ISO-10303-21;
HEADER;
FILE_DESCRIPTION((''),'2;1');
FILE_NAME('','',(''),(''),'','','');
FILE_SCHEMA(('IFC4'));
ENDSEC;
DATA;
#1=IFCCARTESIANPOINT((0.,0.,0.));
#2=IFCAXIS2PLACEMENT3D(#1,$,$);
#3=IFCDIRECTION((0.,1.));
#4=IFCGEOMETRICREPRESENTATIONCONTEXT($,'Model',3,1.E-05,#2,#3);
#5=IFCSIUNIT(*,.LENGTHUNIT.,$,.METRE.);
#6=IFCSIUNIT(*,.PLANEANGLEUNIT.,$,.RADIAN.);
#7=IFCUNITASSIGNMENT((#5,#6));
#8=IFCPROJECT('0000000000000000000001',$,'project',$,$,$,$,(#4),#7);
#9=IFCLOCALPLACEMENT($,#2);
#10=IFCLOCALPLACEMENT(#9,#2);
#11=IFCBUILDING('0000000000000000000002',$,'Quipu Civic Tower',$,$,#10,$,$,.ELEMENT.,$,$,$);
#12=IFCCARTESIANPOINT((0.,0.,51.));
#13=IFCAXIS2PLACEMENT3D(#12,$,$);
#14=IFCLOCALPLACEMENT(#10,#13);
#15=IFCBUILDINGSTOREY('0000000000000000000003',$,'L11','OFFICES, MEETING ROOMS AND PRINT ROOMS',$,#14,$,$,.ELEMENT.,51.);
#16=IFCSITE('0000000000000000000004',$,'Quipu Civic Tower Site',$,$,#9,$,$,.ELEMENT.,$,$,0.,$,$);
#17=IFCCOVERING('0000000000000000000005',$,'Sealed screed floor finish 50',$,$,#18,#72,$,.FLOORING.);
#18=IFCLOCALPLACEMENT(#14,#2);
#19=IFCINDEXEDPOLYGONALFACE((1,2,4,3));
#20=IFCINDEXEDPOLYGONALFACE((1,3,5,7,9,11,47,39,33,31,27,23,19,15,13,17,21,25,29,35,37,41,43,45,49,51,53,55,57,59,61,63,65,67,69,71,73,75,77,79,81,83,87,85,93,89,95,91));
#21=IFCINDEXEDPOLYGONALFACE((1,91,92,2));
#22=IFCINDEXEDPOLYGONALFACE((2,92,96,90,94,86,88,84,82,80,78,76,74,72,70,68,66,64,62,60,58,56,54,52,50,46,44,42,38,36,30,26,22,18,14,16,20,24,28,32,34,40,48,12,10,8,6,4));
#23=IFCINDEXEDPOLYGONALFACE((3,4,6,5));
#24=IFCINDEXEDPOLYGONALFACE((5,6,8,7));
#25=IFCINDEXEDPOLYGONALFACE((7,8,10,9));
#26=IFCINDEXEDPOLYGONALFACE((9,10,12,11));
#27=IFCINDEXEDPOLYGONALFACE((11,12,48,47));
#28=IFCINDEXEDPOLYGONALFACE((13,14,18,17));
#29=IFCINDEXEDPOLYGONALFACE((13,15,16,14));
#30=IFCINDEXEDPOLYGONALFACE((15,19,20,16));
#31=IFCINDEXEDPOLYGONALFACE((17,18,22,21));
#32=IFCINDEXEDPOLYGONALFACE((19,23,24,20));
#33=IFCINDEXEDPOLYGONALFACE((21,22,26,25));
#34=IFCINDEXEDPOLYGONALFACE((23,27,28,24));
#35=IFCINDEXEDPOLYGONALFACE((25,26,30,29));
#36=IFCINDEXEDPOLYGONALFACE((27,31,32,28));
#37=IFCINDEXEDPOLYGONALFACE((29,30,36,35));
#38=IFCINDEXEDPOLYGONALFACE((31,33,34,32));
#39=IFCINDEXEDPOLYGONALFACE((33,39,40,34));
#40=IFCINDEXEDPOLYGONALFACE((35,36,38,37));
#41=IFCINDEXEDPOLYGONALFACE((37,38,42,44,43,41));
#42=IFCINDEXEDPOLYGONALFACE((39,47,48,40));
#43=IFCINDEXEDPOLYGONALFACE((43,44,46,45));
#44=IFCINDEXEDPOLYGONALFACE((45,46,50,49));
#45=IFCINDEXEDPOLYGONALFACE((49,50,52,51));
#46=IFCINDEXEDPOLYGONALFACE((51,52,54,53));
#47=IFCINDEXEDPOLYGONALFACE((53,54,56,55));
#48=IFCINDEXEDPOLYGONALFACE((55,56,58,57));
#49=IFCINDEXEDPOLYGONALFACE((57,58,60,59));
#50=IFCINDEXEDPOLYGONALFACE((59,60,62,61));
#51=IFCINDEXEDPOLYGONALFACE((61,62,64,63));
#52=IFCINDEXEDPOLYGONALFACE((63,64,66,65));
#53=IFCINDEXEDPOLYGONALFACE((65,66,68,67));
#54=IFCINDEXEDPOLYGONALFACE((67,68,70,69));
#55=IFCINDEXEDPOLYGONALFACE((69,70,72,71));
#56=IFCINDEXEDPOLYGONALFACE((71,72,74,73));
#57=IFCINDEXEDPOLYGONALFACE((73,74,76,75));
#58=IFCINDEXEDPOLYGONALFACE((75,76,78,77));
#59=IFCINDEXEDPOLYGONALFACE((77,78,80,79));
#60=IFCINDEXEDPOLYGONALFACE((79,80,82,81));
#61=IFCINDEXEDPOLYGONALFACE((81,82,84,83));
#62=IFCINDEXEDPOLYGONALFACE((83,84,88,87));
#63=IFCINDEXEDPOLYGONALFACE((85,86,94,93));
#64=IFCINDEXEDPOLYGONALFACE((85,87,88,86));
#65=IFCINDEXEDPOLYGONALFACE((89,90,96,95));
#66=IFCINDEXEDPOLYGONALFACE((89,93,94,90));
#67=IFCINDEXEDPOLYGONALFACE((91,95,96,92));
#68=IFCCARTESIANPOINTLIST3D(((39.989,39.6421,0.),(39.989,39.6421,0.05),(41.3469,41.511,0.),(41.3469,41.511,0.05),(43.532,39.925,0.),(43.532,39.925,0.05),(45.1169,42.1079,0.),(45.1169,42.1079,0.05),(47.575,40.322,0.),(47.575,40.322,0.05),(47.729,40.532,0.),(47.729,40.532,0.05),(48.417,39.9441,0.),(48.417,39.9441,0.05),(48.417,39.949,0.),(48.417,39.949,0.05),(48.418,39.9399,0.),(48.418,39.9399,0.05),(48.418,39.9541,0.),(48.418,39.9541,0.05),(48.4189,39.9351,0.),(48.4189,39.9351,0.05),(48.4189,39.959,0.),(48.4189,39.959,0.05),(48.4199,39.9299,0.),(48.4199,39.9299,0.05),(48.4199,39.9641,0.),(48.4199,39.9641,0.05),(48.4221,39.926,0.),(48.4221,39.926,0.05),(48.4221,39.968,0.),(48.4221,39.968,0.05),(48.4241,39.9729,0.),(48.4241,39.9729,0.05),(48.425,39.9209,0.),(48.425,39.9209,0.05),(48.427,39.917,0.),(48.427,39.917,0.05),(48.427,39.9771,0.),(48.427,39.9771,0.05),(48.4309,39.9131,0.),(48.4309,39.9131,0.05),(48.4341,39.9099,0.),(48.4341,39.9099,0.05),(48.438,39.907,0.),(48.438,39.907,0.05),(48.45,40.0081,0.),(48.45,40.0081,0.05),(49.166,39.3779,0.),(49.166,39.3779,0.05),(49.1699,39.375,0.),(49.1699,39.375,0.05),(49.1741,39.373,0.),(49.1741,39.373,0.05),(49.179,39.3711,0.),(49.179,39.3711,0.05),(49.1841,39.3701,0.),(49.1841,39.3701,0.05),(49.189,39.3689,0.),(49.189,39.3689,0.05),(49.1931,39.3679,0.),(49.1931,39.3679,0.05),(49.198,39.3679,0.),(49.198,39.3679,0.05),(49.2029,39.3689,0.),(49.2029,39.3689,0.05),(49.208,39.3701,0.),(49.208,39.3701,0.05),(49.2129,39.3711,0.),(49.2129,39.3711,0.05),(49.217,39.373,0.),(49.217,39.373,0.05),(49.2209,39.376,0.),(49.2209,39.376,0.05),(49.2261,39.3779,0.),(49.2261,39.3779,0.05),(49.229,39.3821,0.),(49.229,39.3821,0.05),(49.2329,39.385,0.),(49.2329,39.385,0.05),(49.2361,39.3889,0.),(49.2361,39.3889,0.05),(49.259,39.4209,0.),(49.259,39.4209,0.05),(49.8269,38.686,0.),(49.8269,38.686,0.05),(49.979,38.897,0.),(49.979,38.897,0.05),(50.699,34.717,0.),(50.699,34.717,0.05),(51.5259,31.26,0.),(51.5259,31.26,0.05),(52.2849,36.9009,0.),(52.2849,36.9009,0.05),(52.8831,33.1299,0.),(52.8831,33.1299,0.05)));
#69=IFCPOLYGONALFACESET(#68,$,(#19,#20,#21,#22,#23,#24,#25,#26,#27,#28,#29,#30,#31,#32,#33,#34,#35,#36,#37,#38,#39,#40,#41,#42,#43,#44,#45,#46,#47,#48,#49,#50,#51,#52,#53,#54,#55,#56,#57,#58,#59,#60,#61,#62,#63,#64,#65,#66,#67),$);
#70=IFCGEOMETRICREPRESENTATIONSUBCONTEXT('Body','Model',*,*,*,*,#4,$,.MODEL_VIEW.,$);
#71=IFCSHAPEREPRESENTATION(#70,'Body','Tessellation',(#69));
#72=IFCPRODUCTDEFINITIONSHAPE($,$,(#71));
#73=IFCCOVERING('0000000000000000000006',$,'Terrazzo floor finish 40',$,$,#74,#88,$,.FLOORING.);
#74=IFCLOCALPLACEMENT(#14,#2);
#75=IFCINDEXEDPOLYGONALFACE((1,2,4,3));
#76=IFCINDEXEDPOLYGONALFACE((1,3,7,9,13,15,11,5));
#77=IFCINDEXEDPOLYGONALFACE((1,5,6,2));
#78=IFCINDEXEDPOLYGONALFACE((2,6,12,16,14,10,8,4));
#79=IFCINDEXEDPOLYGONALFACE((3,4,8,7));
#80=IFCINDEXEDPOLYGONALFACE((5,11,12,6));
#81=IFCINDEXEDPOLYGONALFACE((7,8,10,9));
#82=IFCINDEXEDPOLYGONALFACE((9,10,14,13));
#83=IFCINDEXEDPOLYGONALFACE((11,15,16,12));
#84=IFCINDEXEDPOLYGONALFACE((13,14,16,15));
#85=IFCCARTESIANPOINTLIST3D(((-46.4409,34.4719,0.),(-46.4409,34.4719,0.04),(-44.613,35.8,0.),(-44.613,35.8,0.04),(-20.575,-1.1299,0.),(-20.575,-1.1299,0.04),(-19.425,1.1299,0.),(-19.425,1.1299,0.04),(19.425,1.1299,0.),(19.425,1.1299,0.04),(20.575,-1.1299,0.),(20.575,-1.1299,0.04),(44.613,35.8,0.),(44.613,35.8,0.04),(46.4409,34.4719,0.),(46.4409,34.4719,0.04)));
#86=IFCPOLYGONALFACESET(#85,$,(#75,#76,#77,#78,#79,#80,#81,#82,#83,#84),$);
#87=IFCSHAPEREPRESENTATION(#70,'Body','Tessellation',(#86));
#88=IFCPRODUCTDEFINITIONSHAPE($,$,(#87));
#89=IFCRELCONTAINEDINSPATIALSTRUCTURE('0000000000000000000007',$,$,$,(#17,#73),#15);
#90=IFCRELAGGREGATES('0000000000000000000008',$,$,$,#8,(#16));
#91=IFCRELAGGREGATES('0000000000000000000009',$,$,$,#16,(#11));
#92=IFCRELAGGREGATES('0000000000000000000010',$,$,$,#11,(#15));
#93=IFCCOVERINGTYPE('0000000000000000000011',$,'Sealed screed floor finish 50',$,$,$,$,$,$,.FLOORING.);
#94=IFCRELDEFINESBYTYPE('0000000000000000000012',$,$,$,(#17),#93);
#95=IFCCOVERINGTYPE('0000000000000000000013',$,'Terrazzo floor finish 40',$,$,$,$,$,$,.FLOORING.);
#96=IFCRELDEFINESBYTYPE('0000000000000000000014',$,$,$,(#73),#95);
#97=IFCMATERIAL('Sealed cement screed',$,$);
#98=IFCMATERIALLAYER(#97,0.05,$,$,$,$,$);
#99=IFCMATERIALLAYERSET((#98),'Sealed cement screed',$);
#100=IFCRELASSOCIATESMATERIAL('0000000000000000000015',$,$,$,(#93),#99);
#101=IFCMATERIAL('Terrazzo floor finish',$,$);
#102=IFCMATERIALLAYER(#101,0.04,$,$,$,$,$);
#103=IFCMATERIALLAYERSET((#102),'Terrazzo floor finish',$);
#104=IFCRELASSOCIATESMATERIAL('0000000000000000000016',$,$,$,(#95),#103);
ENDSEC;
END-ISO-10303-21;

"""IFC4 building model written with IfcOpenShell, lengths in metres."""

from ifc_helpers import new_model, si_unit, direction, frame, origin, place, context, subcontext, project, spatial, polyline, outline, extrude, material, layer, layer_set, type_object, element, save


model = new_model("IFC4")

# Units and contexts
model_context = context("Model", 3, precision=1e-05, world=origin(), true_north=direction((0.0, 1.0)))
body_context = subcontext(model_context, "Body", "Model", "MODEL_VIEW")
ifc_project = project(units=[si_unit("LENGTHUNIT", "METRE"), si_unit("PLANEANGLEUNIT", "RADIAN")], contexts=[model_context])

# Site, building, storey
site_placement = place(None, origin())
site = spatial("IfcSite", under=ifc_project, at=site_placement, Name="Quipu Civic Tower Site", CompositionType="ELEMENT", RefElevation=0.0)
building_placement = place(site_placement, origin())
building = spatial("IfcBuilding", under=site, at=building_placement, Name="Quipu Civic Tower", CompositionType="ELEMENT")
storey_placement = place(building_placement, frame((0.0, 0.0, 51.0)))
storey = spatial("IfcBuildingStorey", under=building, at=storey_placement, Name="L11", Description="OFFICES, MEETING ROOMS AND PRINT ROOMS", CompositionType="ELEMENT", Elevation=51.0)

# Coverings
ifc_material_1 = material(Name="Sealed cement screed")
ifc_layer_1 = layer(ifc_material_1, 0.05)
ifc_layer_set_1 = layer_set([ifc_layer_1], Name="Sealed cement screed")
covering_type_1 = type_object("IfcCoveringType", Name="Sealed screed floor finish 50", PredefinedType="FLOORING", material=ifc_layer_set_1)
covering_1_placement = place(storey_placement, origin())
element("IfcCovering", 1, at=covering_1_placement, inside=storey, type_object=covering_type_1, Name="Sealed screed floor finish 50", PredefinedType="FLOORING", context=body_context, shape_type="SweptSolid", body=[
    extrude(outline(polyline([(39.989, 39.6421), (41.3469, 41.511), (43.532, 39.925), (45.1169, 42.1079), (47.575, 40.322), (47.729, 40.532), (48.45, 40.0081), (48.427, 39.9771), (48.4241, 39.9729), (48.4221, 39.968), (48.4199, 39.9641), (48.4189, 39.959), (48.418, 39.9541), (48.417, 39.949), (48.417, 39.9441), (48.418, 39.9399), (48.4189, 39.9351), (48.4199, 39.9299), (48.4221, 39.926), (48.425, 39.9209), (48.427, 39.917), (48.4309, 39.9131), (48.4341, 39.9099), (48.438, 39.907), (49.166, 39.3779), (49.1699, 39.375), (49.1741, 39.373), (49.179, 39.3711), (49.1841, 39.3701), (49.189, 39.3689), (49.1931, 39.3679), (49.198, 39.3679), (49.2029, 39.3689), (49.208, 39.3701), (49.2129, 39.3711), (49.217, 39.373), (49.2209, 39.376), (49.2261, 39.3779), (49.229, 39.3821), (49.2329, 39.385), (49.2361, 39.3889), (49.259, 39.4209), (49.979, 38.897), (49.8269, 38.686), (52.2849, 36.9009), (50.699, 34.717), (52.8831, 33.1299), (51.5259, 31.26), (39.989, 39.6421)])), origin(), (0.0, 0.0, 1.0), 0.05),
])
ifc_material_2 = material(Name="Terrazzo floor finish")
ifc_layer_2 = layer(ifc_material_2, 0.04)
ifc_layer_set_2 = layer_set([ifc_layer_2], Name="Terrazzo floor finish")
covering_type_2 = type_object("IfcCoveringType", Name="Terrazzo floor finish 40", PredefinedType="FLOORING", material=ifc_layer_set_2)
covering_2_placement = place(storey_placement, origin())
element("IfcCovering", 2, at=covering_2_placement, inside=storey, type_object=covering_type_2, Name="Terrazzo floor finish 40", PredefinedType="FLOORING", context=body_context, shape_type="SweptSolid", body=[
    extrude(outline(polyline([(20.575, -1.1299), (-20.575, -1.1299), (-46.4409, 34.4719), (-44.613, 35.8), (-19.425, 1.1299), (19.425, 1.1299), (44.613, 35.8), (46.4409, 34.4719), (20.575, -1.1299)])), origin(), (0.0, 0.0, 1.0), 0.04),
])

save(model, "model.ifc")
